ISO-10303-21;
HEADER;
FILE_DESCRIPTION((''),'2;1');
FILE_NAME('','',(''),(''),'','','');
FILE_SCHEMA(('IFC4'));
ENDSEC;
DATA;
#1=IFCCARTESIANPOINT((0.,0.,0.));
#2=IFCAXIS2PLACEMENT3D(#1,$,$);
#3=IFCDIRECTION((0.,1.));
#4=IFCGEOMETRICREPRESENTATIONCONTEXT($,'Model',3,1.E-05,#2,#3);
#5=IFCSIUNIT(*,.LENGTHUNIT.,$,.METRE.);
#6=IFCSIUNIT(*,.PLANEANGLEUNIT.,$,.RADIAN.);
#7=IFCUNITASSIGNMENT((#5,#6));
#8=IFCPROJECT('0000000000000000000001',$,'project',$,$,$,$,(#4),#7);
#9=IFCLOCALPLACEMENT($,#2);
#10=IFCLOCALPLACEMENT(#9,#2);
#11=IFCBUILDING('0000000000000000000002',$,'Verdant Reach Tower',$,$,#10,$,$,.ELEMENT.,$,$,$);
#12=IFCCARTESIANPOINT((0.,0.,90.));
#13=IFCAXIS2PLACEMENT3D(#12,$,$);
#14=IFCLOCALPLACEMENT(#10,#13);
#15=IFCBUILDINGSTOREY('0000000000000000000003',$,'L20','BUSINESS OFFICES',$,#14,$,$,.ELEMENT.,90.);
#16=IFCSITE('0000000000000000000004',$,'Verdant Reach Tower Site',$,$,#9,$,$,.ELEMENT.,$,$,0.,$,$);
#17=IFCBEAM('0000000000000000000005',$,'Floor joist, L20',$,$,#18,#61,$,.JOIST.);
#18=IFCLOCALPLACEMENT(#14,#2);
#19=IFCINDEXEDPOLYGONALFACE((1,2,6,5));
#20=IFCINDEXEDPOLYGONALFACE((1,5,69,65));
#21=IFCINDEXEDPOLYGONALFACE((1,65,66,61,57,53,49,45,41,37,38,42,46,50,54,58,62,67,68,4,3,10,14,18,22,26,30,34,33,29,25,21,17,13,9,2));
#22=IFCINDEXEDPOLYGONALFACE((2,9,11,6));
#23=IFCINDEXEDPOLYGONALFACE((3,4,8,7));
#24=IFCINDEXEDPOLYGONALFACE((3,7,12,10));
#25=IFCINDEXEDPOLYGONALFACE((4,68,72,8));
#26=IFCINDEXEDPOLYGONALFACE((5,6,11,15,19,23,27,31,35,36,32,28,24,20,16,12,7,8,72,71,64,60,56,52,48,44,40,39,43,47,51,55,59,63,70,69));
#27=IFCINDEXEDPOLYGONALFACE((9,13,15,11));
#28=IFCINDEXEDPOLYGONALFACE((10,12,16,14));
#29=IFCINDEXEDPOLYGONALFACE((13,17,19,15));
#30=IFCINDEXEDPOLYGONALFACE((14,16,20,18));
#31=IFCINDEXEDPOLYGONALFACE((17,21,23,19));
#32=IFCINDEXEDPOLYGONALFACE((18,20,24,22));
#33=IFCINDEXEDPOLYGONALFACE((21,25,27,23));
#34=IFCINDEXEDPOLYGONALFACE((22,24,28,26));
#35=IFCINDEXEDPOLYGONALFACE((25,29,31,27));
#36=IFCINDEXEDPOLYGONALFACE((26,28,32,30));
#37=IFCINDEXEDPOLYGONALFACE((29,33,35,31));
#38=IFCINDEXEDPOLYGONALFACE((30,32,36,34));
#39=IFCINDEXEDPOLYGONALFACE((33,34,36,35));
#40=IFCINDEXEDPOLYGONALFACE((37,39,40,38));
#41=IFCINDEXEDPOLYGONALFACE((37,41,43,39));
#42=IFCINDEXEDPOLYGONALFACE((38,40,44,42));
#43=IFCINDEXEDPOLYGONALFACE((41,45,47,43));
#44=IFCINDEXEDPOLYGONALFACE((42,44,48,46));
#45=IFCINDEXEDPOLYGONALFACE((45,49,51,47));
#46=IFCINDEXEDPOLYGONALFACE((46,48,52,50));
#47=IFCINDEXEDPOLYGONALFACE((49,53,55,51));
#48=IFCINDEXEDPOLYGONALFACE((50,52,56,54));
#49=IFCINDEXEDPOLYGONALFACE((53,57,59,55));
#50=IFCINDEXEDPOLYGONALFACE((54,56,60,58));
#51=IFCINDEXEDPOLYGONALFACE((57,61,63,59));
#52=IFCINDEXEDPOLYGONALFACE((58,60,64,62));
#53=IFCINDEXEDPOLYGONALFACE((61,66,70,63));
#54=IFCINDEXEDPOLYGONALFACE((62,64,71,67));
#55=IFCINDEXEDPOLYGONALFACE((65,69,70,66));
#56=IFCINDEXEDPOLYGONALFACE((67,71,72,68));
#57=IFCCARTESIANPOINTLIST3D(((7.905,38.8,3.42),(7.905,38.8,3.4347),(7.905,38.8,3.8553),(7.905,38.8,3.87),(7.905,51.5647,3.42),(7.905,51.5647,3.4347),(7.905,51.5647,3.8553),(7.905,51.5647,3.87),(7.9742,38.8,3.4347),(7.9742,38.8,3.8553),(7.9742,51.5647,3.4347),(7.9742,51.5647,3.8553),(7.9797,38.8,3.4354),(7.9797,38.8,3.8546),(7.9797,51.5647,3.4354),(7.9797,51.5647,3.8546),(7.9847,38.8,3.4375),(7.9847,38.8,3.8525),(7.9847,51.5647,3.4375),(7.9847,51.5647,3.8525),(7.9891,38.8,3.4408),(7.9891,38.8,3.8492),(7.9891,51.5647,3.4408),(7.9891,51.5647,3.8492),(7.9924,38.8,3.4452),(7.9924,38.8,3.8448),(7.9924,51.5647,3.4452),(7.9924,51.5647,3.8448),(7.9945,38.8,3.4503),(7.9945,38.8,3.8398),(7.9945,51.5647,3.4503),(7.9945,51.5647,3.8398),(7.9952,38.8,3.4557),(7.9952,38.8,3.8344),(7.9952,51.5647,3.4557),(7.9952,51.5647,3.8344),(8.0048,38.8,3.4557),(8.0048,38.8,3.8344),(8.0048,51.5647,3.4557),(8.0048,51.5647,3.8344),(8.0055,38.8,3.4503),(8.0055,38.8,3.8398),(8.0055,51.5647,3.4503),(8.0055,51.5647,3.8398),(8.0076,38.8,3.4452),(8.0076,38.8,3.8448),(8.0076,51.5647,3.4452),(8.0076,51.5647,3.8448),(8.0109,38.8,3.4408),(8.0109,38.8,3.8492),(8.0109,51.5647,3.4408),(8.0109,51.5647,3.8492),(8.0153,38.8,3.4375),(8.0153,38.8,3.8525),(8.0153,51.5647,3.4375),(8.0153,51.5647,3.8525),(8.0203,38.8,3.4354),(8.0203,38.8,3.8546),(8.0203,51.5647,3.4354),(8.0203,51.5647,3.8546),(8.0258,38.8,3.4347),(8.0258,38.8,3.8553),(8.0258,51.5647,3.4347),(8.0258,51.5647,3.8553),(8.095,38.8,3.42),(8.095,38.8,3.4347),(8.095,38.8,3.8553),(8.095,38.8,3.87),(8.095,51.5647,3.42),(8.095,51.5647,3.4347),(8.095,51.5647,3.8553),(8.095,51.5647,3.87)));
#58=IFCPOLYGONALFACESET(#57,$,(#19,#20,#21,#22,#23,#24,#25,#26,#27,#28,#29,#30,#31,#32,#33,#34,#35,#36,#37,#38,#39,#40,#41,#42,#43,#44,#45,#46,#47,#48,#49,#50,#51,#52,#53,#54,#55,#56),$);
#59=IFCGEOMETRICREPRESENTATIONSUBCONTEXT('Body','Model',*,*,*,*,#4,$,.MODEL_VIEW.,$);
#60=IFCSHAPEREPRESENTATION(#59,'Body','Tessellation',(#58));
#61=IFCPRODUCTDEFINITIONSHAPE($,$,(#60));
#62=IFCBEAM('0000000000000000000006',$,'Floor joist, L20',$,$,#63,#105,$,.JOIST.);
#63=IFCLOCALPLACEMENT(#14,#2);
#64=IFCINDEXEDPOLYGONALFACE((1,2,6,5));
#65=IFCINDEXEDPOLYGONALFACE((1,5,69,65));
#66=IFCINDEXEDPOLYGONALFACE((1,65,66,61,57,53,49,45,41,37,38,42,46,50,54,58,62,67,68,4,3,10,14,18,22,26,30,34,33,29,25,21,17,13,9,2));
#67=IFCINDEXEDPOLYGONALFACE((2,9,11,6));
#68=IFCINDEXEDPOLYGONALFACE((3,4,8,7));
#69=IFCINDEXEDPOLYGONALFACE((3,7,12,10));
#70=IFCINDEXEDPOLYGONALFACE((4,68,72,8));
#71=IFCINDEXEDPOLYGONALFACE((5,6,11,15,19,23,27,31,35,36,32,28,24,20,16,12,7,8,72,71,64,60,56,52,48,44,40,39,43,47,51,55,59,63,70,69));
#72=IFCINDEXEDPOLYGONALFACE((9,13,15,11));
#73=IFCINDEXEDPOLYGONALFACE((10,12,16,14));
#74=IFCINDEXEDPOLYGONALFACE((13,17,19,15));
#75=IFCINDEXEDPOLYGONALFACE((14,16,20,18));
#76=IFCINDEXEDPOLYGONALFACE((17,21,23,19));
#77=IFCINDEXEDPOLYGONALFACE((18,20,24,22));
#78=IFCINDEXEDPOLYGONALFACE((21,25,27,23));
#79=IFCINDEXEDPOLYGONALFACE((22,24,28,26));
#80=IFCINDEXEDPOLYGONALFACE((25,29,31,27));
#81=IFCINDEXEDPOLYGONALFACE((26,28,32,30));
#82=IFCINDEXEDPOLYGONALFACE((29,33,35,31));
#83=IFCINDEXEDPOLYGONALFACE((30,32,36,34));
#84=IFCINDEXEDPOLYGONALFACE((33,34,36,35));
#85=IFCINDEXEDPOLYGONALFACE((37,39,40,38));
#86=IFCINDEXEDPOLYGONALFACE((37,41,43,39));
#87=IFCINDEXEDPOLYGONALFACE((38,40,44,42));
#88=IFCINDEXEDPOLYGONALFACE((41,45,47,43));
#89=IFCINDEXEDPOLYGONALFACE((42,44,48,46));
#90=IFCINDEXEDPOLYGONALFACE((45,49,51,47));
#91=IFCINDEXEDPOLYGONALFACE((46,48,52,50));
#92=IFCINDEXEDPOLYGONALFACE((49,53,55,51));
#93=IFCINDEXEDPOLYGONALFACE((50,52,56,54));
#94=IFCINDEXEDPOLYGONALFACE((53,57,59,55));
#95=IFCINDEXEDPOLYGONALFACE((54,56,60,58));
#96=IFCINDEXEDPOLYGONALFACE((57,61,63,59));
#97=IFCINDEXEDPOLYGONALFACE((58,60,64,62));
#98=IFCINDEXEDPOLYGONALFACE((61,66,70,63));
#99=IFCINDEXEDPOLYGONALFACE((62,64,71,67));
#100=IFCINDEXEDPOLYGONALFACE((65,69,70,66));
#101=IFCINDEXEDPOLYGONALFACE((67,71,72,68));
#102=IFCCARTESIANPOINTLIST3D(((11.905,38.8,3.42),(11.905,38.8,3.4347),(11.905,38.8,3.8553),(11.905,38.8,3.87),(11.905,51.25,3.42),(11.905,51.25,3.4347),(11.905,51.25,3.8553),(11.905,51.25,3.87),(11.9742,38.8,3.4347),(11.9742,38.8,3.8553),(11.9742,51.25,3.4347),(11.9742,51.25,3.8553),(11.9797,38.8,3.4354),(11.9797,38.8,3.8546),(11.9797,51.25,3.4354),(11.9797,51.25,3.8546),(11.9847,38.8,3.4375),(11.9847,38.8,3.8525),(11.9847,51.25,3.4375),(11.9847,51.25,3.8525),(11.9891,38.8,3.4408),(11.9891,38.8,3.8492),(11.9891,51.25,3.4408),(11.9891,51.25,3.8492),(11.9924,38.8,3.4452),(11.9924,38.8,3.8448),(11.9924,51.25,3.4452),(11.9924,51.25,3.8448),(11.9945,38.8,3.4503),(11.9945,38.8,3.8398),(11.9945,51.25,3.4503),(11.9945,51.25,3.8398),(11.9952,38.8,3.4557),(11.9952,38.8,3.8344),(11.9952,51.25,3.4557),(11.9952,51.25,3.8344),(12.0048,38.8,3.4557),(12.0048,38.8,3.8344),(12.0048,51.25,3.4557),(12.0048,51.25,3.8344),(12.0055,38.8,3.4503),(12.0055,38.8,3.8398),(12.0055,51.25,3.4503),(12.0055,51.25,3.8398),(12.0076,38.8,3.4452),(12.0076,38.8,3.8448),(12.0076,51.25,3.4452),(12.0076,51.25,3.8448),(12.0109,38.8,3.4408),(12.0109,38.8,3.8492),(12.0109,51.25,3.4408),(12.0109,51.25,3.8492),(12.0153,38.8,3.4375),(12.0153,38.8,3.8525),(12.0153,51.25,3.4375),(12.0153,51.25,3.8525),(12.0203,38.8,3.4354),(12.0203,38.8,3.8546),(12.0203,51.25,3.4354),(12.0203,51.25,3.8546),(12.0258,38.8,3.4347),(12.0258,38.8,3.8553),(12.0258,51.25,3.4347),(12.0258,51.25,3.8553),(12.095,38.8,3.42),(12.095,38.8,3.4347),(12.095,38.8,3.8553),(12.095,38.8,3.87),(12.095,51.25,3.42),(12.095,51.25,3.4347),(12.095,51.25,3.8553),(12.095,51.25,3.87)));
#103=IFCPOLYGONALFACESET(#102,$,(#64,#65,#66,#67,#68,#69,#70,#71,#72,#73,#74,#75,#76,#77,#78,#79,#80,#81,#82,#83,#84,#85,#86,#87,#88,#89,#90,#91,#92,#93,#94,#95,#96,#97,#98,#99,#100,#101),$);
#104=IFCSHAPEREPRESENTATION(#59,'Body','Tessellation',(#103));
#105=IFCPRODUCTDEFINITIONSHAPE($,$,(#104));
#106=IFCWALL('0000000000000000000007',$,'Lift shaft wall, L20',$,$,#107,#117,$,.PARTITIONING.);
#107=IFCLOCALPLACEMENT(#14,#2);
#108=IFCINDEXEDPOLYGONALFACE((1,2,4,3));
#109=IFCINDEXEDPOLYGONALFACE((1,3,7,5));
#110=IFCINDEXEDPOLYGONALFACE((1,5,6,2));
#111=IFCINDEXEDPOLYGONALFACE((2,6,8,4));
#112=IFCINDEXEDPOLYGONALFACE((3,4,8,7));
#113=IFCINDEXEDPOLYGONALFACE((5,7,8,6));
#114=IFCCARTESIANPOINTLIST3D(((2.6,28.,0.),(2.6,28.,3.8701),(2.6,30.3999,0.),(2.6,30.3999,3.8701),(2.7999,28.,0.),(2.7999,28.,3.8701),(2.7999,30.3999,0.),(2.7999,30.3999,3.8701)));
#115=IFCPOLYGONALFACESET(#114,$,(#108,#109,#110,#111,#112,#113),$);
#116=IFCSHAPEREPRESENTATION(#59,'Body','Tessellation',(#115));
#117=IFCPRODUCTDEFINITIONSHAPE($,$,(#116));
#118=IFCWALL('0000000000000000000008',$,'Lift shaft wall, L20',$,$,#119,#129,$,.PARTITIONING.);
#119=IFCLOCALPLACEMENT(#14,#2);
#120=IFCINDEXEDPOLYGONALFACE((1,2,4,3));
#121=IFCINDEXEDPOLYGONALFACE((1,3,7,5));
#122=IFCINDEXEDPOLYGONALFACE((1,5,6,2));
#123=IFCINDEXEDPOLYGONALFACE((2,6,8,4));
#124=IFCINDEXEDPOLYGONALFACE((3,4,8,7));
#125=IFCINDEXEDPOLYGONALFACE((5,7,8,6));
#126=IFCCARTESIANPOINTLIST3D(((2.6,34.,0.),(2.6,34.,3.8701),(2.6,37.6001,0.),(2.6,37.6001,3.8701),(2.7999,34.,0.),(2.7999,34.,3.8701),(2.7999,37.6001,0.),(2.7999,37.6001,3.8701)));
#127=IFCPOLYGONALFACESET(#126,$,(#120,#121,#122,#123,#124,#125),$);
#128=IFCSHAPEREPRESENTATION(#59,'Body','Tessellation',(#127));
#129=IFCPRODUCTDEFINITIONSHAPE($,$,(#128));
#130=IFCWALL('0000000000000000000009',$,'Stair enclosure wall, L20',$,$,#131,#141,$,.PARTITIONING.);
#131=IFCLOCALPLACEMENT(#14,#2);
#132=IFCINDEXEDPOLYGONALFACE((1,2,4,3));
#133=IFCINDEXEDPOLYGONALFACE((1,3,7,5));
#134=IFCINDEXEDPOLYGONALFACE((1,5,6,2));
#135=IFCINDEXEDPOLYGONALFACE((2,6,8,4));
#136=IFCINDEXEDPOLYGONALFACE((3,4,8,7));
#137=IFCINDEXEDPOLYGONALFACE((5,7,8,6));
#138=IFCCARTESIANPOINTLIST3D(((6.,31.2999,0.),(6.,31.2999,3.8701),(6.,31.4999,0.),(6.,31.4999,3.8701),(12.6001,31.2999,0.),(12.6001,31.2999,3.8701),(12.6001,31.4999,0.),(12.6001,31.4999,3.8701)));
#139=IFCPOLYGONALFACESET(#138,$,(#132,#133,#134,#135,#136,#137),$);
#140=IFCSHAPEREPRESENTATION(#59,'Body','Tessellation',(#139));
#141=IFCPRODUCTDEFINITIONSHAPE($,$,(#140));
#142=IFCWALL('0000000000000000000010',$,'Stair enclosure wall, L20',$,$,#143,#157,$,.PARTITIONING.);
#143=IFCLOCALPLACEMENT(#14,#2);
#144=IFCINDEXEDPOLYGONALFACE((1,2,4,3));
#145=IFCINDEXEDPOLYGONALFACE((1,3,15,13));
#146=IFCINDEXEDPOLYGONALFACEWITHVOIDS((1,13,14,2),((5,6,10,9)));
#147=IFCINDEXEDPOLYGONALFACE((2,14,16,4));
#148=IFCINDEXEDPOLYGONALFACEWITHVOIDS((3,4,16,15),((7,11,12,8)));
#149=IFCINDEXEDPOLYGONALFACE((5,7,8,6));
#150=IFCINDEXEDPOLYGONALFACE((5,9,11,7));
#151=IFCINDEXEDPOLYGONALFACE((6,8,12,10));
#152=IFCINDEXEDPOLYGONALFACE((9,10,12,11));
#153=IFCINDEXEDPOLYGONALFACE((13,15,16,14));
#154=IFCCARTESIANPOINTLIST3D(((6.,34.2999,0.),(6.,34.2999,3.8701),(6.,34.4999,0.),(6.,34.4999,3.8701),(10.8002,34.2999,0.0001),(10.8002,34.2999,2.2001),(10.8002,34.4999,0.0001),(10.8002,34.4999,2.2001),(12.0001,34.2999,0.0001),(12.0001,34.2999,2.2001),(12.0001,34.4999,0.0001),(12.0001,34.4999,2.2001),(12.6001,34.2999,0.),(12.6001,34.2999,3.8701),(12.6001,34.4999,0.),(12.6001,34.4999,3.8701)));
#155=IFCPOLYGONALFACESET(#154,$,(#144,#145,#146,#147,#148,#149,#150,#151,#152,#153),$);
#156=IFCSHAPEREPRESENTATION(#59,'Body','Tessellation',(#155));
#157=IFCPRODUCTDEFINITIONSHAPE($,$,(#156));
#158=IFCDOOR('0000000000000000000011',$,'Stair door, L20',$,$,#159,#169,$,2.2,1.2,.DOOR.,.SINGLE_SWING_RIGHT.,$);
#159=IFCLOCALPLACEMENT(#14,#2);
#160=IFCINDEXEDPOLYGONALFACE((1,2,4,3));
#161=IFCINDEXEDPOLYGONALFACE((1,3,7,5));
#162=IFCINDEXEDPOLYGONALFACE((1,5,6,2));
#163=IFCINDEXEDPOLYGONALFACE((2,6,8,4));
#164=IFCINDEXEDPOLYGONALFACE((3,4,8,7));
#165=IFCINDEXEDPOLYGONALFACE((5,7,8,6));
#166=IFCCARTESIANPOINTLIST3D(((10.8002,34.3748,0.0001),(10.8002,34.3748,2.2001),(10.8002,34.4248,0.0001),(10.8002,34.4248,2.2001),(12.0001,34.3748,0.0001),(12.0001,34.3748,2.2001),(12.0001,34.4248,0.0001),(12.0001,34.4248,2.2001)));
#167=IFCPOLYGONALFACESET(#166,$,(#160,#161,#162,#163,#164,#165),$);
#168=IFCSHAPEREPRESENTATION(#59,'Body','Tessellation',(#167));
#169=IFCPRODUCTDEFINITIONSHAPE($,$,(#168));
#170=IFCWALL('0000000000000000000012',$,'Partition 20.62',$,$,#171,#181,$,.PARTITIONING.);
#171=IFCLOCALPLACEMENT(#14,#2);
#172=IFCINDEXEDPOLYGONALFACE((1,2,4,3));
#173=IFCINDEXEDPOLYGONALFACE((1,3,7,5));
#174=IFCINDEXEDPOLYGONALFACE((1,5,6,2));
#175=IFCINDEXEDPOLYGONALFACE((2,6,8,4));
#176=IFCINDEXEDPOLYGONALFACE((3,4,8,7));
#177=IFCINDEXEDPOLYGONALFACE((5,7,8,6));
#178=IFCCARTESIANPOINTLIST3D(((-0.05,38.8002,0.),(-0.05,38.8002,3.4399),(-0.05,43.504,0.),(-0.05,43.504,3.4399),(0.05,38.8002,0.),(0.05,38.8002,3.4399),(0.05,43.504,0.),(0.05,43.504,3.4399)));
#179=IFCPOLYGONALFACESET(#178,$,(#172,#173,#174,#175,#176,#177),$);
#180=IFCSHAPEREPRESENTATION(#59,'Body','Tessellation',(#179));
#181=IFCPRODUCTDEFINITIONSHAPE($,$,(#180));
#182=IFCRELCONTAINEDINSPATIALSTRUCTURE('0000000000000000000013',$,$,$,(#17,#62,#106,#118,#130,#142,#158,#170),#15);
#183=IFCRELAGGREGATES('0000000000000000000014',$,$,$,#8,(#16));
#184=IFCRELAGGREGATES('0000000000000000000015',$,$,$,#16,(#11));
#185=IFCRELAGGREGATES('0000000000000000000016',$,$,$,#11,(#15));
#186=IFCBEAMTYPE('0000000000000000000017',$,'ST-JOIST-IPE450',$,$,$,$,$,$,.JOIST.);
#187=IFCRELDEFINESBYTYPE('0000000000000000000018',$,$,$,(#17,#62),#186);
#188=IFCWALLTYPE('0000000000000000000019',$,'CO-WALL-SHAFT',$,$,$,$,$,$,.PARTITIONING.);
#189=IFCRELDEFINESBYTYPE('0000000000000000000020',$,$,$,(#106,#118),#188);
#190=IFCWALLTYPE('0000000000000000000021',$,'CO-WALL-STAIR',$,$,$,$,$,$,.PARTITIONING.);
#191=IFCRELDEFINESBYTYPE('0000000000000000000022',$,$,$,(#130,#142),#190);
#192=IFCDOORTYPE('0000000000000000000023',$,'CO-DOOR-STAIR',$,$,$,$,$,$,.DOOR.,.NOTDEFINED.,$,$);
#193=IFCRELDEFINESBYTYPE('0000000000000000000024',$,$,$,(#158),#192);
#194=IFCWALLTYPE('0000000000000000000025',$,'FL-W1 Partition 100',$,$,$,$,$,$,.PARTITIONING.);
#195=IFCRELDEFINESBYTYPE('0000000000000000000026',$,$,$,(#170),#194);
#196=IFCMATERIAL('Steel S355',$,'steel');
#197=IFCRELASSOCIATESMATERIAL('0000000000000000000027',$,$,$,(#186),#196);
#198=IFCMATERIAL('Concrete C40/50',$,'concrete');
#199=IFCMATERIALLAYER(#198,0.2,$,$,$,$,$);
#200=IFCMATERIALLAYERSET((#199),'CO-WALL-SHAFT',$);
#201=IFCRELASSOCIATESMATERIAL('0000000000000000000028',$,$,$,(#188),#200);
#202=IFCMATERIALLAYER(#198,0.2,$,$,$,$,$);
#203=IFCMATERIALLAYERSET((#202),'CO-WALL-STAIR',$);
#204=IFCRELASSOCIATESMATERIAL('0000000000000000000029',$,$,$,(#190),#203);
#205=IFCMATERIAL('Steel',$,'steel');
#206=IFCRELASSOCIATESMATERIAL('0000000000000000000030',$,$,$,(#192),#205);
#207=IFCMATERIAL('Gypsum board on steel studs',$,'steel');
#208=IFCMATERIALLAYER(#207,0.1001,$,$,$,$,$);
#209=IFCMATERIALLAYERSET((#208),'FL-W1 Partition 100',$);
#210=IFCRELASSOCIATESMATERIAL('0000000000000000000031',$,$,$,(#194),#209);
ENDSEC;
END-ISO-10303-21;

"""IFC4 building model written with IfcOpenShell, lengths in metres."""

from ifc_helpers import new_model, si_unit, direction, frame, frame_2d, origin, origin_2d, place, context, subcontext, project, spatial, rectangle, i_section, extrude, material, layer, layer_set, material_profile, profile_set, type_object, element, fill, save


model = new_model("IFC4")

# Units and contexts
model_context = context("Model", 3, precision=1e-05, world=origin(), true_north=direction((0.0, 1.0)))
body_context = subcontext(model_context, "Body", "Model", "MODEL_VIEW")
ifc_project = project(units=[si_unit("LENGTHUNIT", "METRE"), si_unit("PLANEANGLEUNIT", "RADIAN")], contexts=[model_context])

# Site, building, storey
site_placement = place(None, origin())
site = spatial("IfcSite", under=ifc_project, at=site_placement, Name="Verdant Reach Tower Site", CompositionType="ELEMENT", RefElevation=0.0)
building_placement = place(site_placement, origin())
building = spatial("IfcBuilding", under=site, at=building_placement, Name="Verdant Reach Tower", CompositionType="ELEMENT")
storey_placement = place(building_placement, frame((0.0, 0.0, 90.0)))
storey = spatial("IfcBuildingStorey", under=building, at=storey_placement, Name="L20", Description="BUSINESS OFFICES", CompositionType="ELEMENT", Elevation=90.0)

# Beams
ifc_material_1 = material(Name="Steel S355", Category="steel")
ifc_material_profile_1 = material_profile(ifc_material_1, i_section(OverallWidth=0.1899, OverallDepth=0.45, WebThickness=0.0095, FlangeThickness=0.0146, FilletRadius=0.021, at=origin_2d()), Name="IPE 450")
ifc_profile_set_1 = profile_set([ifc_material_profile_1], Name="Steel S355")
beam_type_1 = type_object("IfcBeamType", Name="ST-JOIST-IPE450", PredefinedType="JOIST", material=ifc_profile_set_1)
beam_1_placement = place(storey_placement, frame((8.0, 38.8, 3.645), z_axis=(0.0, 1.0, 0.0), x_axis=(-1.0, 0.0, 0.0)))
element("IfcBeam", 1, at=beam_1_placement, inside=storey, type_object=beam_type_1, Name="Floor joist, L20", PredefinedType="JOIST", context=body_context, shape_type="SweptSolid", body=[
    extrude(i_section(OverallWidth=0.1899, OverallDepth=0.45, WebThickness=0.0095, FlangeThickness=0.0146, FilletRadius=0.021, at=origin_2d()), origin(), (0.0, 0.0, 1.0), 12.7646),
])
beam_2_placement = place(storey_placement, frame((12.0, 38.8, 3.645), z_axis=(0.0, 1.0, 0.0), x_axis=(-1.0, 0.0, 0.0)))
element("IfcBeam", 2, at=beam_2_placement, inside=storey, type_object=beam_type_1, Name="Floor joist, L20", PredefinedType="JOIST", context=body_context, shape_type="SweptSolid", body=[
    extrude(i_section(OverallWidth=0.1899, OverallDepth=0.45, WebThickness=0.0095, FlangeThickness=0.0146, FilletRadius=0.021, at=origin_2d()), origin(), (0.0, 0.0, 1.0), 12.45),
])

# Walls
ifc_material_2 = material(Name="Concrete C40/50", Category="concrete")
ifc_layer_1 = layer(ifc_material_2, 0.2)
ifc_layer_set_1 = layer_set([ifc_layer_1], Name="CO-WALL-SHAFT")
wall_type_1 = type_object("IfcWallType", Name="CO-WALL-SHAFT", PredefinedType="PARTITIONING", material=ifc_layer_set_1)
wall_1_placement = place(storey_placement, frame((2.7, 28.0, 0.0), z_axis=(0.0, 0.0, 1.0), x_axis=(0.0, 1.0, 0.0)))
element("IfcWall", 3, at=wall_1_placement, inside=storey, type_object=wall_type_1, Name="Lift shaft wall, L20", PredefinedType="PARTITIONING", context=body_context, shape_type="SweptSolid", body=[
    extrude(rectangle(XDim=2.3999, YDim=0.2, at=frame_2d((1.2, 0.0))), origin(), (0.0, 0.0, 1.0), 3.8701),
])
wall_2_placement = place(storey_placement, frame((2.7, 34.0, 0.0), z_axis=(0.0, 0.0, 1.0), x_axis=(0.0, 1.0, 0.0)))
element("IfcWall", 4, at=wall_2_placement, inside=storey, type_object=wall_type_1, Name="Lift shaft wall, L20", PredefinedType="PARTITIONING", context=body_context, shape_type="SweptSolid", body=[
    extrude(rectangle(XDim=3.6001, YDim=0.2, at=frame_2d((1.8, 0.0))), origin(), (0.0, 0.0, 1.0), 3.8701),
])
ifc_layer_2 = layer(ifc_material_2, 0.2)
ifc_layer_set_2 = layer_set([ifc_layer_2], Name="CO-WALL-STAIR")
wall_type_2 = type_object("IfcWallType", Name="CO-WALL-STAIR", PredefinedType="PARTITIONING", material=ifc_layer_set_2)
wall_3_placement = place(storey_placement, frame((6.0, 31.3999, 0.0), z_axis=(0.0, 0.0, 1.0), x_axis=(1.0, 0.0, 0.0)))
element("IfcWall", 5, at=wall_3_placement, inside=storey, type_object=wall_type_2, Name="Stair enclosure wall, L20", PredefinedType="PARTITIONING", context=body_context, shape_type="SweptSolid", body=[
    extrude(rectangle(XDim=6.6001, YDim=0.2, at=frame_2d((3.3, 0.0))), origin(), (0.0, 0.0, 1.0), 3.8701),
])

# Wall, opening, door
wall_4_placement = place(storey_placement, frame((6.0, 34.3999, 0.0), z_axis=(0.0, 0.0, 1.0), x_axis=(1.0, 0.0, 0.0)))
wall_4 = element("IfcWall", 6, at=wall_4_placement, inside=storey, type_object=wall_type_2, Name="Stair enclosure wall, L20", PredefinedType="PARTITIONING", context=body_context, shape_type="SweptSolid", body=[
    extrude(rectangle(XDim=6.6001, YDim=0.2, at=frame_2d((3.3, 0.0))), origin(), (0.0, 0.0, 1.0), 3.8701),
])
opening_1_placement = place(wall_4_placement, frame((4.8, 0.0, 0.0)))
opening_1 = element("IfcOpeningElement", 7, at=opening_1_placement, cuts=wall_4, PredefinedType="OPENING", context=body_context, shape_type="SweptSolid", body=[
    extrude(rectangle(XDim=1.2, YDim=2.2, at=frame_2d((0.6001, 1.1001))), frame((0.0, 0.1099, 0.0), z_axis=(0.0, -1.0, 0.0), x_axis=(1.0, 0.0, 0.0)), (0.0, 0.0, 1.0), 0.22),
])
ifc_material_3 = material(Name="Steel", Category="steel")
door_type_1 = type_object("IfcDoorType", Name="CO-DOOR-STAIR", OperationType="NOTDEFINED", PredefinedType="DOOR", material=ifc_material_3)
door_1_placement = place(opening_1_placement, origin())
door_1 = element("IfcDoor", 8, at=door_1_placement, inside=storey, type_object=door_type_1, Name="Stair door, L20", OperationType="SINGLE_SWING_RIGHT", OverallHeight=2.2, OverallWidth=1.2, PredefinedType="DOOR", context=body_context, shape_type="SweptSolid", body=[
    extrude(rectangle(XDim=1.2, YDim=2.2, at=frame_2d((0.6001, 1.1001))), frame((0.0, 0.0249, 0.0), z_axis=(0.0, -1.0, 0.0), x_axis=(1.0, 0.0, 0.0)), (0.0, 0.0, 1.0), 0.05),
])
fill(opening_1, door_1)

# Wall
ifc_material_4 = material(Name="Gypsum board on steel studs", Category="steel")
ifc_layer_3 = layer(ifc_material_4, 0.1001)
ifc_layer_set_3 = layer_set([ifc_layer_3], Name="FL-W1 Partition 100")
wall_type_3 = type_object("IfcWallType", Name="FL-W1 Partition 100", PredefinedType="PARTITIONING", material=ifc_layer_set_3)
wall_5_placement = place(storey_placement, frame((0.0, 38.8, 0.0), z_axis=(0.0, 0.0, 1.0), x_axis=(0.0, 1.0, 0.0)))
element("IfcWall", 9, at=wall_5_placement, inside=storey, type_object=wall_type_3, Name="Partition 20.62", PredefinedType="PARTITIONING", context=body_context, shape_type="SweptSolid", body=[
    extrude(rectangle(XDim=4.7039, YDim=0.1001, at=frame_2d((2.3521, 0.0))), origin(), (0.0, 0.0, 1.0), 3.4399),
])

save(model, "model.ifc")
